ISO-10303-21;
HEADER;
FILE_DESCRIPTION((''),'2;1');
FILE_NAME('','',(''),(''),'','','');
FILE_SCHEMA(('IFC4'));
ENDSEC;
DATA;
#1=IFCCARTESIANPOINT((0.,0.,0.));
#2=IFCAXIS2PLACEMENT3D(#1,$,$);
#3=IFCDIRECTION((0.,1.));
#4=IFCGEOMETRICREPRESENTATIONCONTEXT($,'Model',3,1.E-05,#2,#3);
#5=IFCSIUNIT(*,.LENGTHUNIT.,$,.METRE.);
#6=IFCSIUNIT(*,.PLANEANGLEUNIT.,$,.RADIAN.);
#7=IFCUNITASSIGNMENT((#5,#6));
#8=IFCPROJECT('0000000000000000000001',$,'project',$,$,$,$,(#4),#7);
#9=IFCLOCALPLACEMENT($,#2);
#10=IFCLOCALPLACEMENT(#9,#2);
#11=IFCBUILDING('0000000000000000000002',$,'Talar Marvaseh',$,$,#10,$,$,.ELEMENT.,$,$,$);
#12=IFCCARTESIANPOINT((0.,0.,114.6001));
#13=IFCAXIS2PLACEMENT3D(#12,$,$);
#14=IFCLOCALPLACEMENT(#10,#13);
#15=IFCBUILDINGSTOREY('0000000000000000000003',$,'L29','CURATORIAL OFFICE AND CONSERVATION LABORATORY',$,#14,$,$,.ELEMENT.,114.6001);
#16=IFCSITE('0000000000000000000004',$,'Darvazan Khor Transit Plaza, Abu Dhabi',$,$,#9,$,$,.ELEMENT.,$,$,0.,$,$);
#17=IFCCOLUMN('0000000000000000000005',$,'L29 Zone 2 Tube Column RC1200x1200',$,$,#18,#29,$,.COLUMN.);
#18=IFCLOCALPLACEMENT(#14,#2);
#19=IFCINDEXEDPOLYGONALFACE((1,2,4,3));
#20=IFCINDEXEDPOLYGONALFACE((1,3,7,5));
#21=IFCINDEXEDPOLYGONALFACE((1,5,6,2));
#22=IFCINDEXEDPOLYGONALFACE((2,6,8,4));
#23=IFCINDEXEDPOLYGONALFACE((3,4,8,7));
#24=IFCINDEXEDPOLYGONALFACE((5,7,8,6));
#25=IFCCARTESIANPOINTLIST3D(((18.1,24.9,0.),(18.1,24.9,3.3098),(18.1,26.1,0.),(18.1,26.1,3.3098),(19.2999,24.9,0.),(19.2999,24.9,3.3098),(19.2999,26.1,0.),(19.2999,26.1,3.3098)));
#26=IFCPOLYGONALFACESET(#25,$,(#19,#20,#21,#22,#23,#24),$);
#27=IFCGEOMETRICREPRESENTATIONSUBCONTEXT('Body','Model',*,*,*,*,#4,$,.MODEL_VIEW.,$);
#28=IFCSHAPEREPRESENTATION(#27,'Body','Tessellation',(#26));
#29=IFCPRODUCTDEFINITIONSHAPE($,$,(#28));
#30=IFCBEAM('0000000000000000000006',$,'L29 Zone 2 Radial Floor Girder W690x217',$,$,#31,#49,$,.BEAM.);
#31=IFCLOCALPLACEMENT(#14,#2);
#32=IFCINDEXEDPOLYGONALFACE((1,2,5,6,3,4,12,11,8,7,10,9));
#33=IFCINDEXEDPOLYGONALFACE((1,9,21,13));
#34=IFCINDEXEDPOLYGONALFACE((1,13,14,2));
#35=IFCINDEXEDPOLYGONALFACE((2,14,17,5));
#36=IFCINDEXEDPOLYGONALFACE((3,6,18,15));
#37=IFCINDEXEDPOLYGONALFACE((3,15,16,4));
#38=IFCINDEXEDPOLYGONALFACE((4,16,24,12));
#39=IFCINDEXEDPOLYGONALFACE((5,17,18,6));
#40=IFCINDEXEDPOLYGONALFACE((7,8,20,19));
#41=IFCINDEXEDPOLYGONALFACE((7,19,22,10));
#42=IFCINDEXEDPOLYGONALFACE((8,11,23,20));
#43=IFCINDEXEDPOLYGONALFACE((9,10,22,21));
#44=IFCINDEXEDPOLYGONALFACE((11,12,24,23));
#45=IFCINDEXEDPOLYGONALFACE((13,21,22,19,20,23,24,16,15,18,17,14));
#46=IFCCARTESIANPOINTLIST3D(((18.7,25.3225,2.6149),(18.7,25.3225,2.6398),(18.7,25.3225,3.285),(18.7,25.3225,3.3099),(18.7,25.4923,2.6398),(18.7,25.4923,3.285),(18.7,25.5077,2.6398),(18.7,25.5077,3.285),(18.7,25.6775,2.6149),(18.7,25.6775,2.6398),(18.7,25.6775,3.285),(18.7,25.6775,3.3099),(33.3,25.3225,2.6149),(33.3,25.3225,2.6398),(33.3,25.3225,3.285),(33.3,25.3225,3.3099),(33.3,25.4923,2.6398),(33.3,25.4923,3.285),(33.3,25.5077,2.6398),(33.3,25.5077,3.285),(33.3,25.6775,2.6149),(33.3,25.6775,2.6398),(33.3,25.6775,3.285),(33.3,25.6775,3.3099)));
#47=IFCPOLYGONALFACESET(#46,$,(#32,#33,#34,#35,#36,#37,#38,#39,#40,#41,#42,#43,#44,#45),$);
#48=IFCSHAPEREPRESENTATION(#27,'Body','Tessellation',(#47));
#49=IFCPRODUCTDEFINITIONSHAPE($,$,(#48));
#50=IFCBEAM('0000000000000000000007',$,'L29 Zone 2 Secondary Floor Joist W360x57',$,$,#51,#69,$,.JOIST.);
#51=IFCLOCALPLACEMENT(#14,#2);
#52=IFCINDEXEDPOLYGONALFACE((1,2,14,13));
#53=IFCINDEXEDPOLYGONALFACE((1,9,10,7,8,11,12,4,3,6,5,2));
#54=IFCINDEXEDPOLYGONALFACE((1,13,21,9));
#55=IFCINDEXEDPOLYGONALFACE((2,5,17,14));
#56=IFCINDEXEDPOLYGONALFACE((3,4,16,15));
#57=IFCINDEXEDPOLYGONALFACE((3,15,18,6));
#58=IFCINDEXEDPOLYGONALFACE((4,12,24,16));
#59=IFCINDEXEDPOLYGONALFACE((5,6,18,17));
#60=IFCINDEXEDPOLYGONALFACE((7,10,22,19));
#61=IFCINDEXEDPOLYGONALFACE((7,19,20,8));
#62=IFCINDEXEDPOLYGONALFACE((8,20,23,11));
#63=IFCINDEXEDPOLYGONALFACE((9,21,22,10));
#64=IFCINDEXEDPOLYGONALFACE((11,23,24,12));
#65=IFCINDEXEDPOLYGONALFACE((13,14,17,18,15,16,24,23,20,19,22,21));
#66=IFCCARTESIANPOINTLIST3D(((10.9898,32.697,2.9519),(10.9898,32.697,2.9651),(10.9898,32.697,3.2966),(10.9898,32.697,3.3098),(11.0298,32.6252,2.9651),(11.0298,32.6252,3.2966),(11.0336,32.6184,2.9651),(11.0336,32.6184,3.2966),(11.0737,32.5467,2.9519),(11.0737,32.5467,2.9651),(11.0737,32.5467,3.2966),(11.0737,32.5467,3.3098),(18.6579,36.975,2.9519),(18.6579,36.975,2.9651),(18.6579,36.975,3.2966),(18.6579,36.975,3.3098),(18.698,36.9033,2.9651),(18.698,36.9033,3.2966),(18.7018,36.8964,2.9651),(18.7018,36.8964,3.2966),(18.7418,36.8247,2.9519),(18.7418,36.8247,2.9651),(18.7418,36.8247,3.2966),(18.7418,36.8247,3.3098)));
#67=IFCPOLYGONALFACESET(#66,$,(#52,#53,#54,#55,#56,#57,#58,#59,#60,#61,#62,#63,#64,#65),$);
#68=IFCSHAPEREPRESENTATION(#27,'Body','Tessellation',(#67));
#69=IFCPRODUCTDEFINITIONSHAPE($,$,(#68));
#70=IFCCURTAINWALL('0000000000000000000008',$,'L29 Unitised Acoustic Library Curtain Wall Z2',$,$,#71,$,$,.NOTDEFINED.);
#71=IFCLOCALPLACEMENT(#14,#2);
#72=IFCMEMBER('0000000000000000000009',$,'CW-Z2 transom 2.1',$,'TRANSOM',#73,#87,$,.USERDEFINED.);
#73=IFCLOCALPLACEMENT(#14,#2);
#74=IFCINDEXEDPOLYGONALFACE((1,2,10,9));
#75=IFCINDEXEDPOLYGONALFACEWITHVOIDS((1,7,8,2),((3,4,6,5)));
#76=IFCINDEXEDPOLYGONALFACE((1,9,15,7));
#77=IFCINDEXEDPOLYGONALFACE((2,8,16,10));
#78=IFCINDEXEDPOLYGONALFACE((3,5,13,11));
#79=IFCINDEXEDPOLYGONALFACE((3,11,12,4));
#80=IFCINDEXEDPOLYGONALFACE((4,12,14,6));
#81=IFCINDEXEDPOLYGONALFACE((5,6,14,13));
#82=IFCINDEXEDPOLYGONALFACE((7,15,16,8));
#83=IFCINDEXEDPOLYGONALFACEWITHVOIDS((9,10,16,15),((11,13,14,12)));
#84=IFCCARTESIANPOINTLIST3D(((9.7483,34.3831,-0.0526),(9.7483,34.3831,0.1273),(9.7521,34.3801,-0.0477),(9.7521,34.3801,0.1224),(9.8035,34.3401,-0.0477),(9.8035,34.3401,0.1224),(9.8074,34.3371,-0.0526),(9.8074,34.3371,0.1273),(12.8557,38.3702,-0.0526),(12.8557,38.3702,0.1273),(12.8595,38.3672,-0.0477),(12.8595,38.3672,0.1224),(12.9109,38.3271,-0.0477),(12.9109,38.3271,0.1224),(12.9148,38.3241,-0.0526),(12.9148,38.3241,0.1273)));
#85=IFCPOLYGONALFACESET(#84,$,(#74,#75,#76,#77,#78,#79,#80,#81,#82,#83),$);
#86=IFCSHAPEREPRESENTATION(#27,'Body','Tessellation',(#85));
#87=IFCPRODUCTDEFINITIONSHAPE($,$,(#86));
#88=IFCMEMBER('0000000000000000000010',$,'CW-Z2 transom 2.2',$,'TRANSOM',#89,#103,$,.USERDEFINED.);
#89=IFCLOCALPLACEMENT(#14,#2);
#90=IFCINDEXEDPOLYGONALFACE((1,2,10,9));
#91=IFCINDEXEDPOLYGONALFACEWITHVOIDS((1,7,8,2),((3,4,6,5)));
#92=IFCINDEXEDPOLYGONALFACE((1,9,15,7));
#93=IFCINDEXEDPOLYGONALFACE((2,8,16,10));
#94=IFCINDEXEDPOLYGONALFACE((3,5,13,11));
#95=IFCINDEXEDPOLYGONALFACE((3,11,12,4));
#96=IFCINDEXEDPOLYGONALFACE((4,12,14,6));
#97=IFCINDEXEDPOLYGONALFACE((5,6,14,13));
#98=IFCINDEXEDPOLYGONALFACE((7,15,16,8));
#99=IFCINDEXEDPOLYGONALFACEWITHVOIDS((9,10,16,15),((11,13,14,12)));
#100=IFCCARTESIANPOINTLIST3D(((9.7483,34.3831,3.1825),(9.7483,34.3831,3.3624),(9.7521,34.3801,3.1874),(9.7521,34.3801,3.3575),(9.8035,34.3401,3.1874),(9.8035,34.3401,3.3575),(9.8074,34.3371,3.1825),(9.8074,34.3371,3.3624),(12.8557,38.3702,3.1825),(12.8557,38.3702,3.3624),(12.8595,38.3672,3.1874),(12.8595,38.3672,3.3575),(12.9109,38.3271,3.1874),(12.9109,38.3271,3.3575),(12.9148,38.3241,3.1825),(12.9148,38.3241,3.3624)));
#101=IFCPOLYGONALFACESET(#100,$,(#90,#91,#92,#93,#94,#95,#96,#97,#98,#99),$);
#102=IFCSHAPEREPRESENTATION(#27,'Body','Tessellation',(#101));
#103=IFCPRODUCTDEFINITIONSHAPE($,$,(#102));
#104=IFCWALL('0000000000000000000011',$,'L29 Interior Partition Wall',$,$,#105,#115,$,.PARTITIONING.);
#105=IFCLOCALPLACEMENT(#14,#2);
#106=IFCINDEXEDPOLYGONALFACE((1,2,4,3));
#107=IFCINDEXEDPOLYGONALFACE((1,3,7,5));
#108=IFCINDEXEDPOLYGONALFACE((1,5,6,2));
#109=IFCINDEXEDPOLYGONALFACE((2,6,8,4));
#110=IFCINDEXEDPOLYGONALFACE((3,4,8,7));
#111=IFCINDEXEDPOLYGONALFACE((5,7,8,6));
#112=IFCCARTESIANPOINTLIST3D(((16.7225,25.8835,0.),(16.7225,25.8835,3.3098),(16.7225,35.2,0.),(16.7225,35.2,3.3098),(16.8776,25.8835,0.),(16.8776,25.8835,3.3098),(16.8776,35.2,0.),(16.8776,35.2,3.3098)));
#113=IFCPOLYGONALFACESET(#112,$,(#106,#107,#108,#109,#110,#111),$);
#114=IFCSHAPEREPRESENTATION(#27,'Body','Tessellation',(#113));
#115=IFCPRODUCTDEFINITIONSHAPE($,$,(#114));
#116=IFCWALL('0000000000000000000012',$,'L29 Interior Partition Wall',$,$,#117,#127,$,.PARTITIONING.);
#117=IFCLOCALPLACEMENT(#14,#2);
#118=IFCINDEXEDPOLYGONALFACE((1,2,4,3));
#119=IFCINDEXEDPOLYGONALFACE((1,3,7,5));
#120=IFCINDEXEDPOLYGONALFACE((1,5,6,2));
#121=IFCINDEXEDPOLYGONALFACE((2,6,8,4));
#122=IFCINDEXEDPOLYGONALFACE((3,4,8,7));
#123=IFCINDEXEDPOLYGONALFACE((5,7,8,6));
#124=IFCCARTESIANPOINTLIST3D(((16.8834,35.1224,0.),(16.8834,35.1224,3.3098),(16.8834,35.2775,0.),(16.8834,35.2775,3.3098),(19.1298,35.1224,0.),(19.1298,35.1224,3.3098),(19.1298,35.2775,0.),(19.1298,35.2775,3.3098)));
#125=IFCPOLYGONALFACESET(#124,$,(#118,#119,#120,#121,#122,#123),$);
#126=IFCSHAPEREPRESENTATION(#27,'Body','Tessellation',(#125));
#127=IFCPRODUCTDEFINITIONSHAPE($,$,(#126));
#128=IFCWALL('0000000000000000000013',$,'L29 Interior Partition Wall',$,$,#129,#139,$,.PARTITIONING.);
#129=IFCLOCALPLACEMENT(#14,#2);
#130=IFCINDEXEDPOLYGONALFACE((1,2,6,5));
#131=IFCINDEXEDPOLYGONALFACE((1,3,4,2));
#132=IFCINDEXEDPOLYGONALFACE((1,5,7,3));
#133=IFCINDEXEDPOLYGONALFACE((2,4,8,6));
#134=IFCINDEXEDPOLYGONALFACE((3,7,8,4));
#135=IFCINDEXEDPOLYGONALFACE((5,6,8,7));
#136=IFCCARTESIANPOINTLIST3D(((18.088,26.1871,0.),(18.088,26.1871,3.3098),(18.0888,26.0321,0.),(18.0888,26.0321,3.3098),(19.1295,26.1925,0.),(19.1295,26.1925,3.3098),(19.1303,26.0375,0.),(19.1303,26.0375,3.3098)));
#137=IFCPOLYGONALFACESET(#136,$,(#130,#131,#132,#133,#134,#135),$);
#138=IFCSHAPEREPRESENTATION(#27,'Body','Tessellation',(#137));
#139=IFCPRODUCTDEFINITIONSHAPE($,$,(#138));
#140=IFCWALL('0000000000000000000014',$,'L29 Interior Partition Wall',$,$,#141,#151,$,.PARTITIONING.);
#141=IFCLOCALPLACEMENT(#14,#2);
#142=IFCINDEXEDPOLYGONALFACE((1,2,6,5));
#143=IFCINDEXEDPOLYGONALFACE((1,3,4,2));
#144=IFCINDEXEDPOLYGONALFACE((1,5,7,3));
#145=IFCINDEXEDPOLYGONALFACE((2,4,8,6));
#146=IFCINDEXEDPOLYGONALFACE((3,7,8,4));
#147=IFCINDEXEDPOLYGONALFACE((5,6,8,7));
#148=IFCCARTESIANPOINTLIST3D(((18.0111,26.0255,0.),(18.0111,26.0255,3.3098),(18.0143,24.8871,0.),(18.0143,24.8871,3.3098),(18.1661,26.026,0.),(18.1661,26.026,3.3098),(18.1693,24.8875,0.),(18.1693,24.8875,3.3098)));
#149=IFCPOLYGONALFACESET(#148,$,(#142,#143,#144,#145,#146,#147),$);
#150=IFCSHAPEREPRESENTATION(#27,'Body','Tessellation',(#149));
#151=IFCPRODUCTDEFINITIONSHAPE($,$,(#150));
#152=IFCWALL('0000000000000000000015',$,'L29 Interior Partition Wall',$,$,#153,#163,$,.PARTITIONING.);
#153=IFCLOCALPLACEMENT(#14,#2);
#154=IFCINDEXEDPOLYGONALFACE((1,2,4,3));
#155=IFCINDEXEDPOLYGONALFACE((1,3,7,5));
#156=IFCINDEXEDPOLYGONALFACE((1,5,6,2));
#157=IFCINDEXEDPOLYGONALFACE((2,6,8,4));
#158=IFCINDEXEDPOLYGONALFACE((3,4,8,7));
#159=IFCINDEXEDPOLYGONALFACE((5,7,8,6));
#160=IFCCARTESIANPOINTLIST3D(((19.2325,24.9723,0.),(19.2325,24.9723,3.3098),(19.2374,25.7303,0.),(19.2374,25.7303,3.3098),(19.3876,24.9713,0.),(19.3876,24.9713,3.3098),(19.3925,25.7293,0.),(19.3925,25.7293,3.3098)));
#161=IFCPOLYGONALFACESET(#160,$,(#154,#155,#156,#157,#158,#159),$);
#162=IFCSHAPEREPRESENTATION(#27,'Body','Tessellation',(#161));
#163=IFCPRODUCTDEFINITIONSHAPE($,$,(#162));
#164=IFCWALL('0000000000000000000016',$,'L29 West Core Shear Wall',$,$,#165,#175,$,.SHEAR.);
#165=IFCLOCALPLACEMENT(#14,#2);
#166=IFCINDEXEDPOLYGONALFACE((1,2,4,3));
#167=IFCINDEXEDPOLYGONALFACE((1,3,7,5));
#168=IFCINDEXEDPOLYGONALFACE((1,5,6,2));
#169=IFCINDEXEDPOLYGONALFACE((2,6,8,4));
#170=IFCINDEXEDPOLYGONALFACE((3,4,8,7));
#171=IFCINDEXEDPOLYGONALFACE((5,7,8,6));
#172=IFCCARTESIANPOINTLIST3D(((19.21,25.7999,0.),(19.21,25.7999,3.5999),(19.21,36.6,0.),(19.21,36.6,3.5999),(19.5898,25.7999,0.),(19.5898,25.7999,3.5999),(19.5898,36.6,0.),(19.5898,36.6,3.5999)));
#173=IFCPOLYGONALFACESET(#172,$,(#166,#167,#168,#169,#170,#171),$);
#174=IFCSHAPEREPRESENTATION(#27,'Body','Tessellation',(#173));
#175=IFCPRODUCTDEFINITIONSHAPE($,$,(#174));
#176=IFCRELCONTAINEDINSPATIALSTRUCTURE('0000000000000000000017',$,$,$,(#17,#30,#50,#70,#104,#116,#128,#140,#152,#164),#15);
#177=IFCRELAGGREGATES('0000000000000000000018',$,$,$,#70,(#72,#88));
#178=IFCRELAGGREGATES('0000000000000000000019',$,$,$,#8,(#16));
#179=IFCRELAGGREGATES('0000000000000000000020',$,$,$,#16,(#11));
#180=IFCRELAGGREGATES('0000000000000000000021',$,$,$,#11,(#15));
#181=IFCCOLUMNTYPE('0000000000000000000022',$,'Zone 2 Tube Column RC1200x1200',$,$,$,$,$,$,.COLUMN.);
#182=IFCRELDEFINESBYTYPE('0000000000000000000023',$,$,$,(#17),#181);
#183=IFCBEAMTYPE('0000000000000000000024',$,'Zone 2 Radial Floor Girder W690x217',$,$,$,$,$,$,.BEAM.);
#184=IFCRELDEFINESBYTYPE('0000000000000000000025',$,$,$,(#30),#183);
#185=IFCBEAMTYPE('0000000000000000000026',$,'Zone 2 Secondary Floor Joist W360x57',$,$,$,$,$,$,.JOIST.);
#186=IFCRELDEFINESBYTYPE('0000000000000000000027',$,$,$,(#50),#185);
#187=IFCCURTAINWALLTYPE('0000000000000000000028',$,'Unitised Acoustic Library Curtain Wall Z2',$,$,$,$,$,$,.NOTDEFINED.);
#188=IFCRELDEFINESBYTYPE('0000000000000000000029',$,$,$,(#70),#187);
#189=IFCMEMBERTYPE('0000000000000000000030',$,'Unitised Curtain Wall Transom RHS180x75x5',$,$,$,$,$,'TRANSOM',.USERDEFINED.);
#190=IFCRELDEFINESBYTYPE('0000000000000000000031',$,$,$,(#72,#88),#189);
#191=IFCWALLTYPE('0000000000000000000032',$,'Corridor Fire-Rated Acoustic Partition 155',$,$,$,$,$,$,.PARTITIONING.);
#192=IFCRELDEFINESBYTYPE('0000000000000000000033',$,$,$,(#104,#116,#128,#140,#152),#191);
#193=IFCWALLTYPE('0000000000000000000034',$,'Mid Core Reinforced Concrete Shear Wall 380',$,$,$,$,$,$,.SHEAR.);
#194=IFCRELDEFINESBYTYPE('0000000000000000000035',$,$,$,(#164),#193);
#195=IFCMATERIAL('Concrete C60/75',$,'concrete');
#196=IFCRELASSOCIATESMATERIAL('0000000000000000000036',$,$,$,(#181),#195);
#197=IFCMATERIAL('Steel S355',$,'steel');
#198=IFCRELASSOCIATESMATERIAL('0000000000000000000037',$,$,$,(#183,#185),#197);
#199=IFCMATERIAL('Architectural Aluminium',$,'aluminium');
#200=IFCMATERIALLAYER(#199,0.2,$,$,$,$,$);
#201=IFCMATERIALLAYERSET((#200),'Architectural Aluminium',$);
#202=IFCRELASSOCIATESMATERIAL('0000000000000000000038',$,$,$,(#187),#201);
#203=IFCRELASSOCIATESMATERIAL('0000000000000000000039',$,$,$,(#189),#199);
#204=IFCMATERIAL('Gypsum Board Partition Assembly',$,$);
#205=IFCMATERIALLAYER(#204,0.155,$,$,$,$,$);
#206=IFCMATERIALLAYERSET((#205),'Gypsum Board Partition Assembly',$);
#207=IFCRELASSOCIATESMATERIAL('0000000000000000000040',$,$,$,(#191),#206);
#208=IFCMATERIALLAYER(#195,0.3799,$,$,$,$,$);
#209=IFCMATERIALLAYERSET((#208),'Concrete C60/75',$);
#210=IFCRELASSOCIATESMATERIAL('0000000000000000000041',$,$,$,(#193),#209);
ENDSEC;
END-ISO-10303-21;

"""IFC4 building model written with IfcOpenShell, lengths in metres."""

from ifc_helpers import new_model, si_unit, direction, frame, frame_2d, origin, origin_2d, place, context, subcontext, project, spatial, rectangle, hollow_rectangle, i_section, extrude, source, transform, mapped, material, layer, layer_set, material_profile, profile_set, type_object, type_shapes, element, aggregate, save


model = new_model("IFC4")

# Units and contexts
model_context = context("Model", 3, precision=1e-05, world=origin(), true_north=direction((0.0, 1.0)))
body_context = subcontext(model_context, "Body", "Model", "MODEL_VIEW")
ifc_project = project(units=[si_unit("LENGTHUNIT", "METRE"), si_unit("PLANEANGLEUNIT", "RADIAN")], contexts=[model_context])

# Site, building, storey
site_placement = place(None, origin())
site = spatial("IfcSite", under=ifc_project, at=site_placement, Name="Darvazan Khor Transit Plaza, Abu Dhabi", CompositionType="ELEMENT", RefElevation=0.0)
building_placement = place(site_placement, origin())
building = spatial("IfcBuilding", under=site, at=building_placement, Name="Talar Marvaseh", CompositionType="ELEMENT")
storey_placement = place(building_placement, frame((0.0, 0.0, 114.6001)))
storey = spatial("IfcBuildingStorey", under=building, at=storey_placement, Name="L29", Description="CURATORIAL OFFICE AND CONSERVATION LABORATORY", CompositionType="ELEMENT", Elevation=114.6001)

# Column
ifc_material_1 = material(Name="Concrete C60/75", Category="concrete")
ifc_material_profile_1 = material_profile(ifc_material_1, rectangle(XDim=1.2, YDim=1.2, at=origin_2d()), Name="RC1200x1200")
ifc_profile_set_1 = profile_set([ifc_material_profile_1], Name="Concrete C60/75")
column_type = type_object("IfcColumnType", Name="Zone 2 Tube Column RC1200x1200", PredefinedType="COLUMN", material=ifc_profile_set_1)
column_placement = place(storey_placement, frame((18.7, 25.5, 0.0), z_axis=(0.0, 0.0, 1.0), x_axis=(1.0, 0.0, 0.0)))
element("IfcColumn", 1, at=column_placement, inside=storey, type_object=column_type, Name="L29 Zone 2 Tube Column RC1200x1200", PredefinedType="COLUMN", context=body_context, shape_type="SweptSolid", body=[
    extrude(rectangle(XDim=1.2, YDim=1.2, at=origin_2d()), origin(), (0.0, 0.0, 1.0), 3.3098),
])

# Beams
ifc_material_2 = material(Name="Steel S355", Category="steel")
ifc_material_profile_2 = material_profile(ifc_material_2, i_section(OverallWidth=0.355, OverallDepth=0.6951, WebThickness=0.0154, FlangeThickness=0.0249, at=origin_2d()), Name="W690x217")
ifc_profile_set_2 = profile_set([ifc_material_profile_2], Name="Steel S355")
beam_type_1 = type_object("IfcBeamType", Name="Zone 2 Radial Floor Girder W690x217", PredefinedType="BEAM", material=ifc_profile_set_2)
beam_1_placement = place(storey_placement, frame((18.7, 25.5, 2.9624), z_axis=(1.0, 0.0, 0.0), x_axis=(0.0, 1.0, 0.0)))
element("IfcBeam", 2, at=beam_1_placement, inside=storey, type_object=beam_type_1, Name="L29 Zone 2 Radial Floor Girder W690x217", PredefinedType="BEAM", context=body_context, shape_type="SweptSolid", body=[
    extrude(i_section(OverallWidth=0.355, OverallDepth=0.6951, WebThickness=0.0154, FlangeThickness=0.0249, at=origin_2d()), origin(), (0.0, 0.0, 1.0), 14.6001),
])
ifc_material_profile_3 = material_profile(ifc_material_2, i_section(OverallWidth=0.1721, OverallDepth=0.3579, WebThickness=0.0078, FlangeThickness=0.0132, at=origin_2d()), Name="W360x57")
ifc_profile_set_3 = profile_set([ifc_material_profile_3], Name="Steel S355")
beam_type_2 = type_object("IfcBeamType", Name="Zone 2 Secondary Floor Joist W360x57", PredefinedType="JOIST", material=ifc_profile_set_3)
beam_2_placement = place(storey_placement, frame((11.0317, 32.6218, 3.1309), z_axis=(0.873288, 0.487205, 0.0), x_axis=(-0.487205, 0.873288, 0.0)))
element("IfcBeam", 3, at=beam_2_placement, inside=storey, type_object=beam_type_2, Name="L29 Zone 2 Secondary Floor Joist W360x57", PredefinedType="JOIST", context=body_context, shape_type="SweptSolid", body=[
    extrude(i_section(OverallWidth=0.1721, OverallDepth=0.3579, WebThickness=0.0078, FlangeThickness=0.0132, at=origin_2d()), origin(), (0.0, 0.0, 1.0), 8.7808),
])

# Curtain wall, members
ifc_material_3 = material(Name="Architectural Aluminium", Category="aluminium")
ifc_layer_1 = layer(ifc_material_3, 0.2)
ifc_layer_set_1 = layer_set([ifc_layer_1], Name="Architectural Aluminium")
curtain_wall_type = type_object("IfcCurtainWallType", Name="Unitised Acoustic Library Curtain Wall Z2", PredefinedType="NOTDEFINED", material=ifc_layer_set_1)
curtain_wall_placement = place(storey_placement, origin())
curtain_wall = element("IfcCurtainWall", 4, at=curtain_wall_placement, inside=storey, type_object=curtain_wall_type, Name="L29 Unitised Acoustic Library Curtain Wall Z2", PredefinedType="NOTDEFINED")
ifc_material_profile_4 = material_profile(ifc_material_3, hollow_rectangle(XDim=0.075, YDim=0.1799, WallThickness=0.0049, at=origin_2d()), Name="RHS180x75x5")
ifc_profile_set_4 = profile_set([ifc_material_profile_4], Name="Architectural Aluminium")
member_type = type_object("IfcMemberType", Name="Unitised Curtain Wall Transom RHS180x75x5", ElementType="TRANSOM", PredefinedType="USERDEFINED", material=ifc_profile_set_4)
shared_shape_1 = source(origin(), body_context, "Body", "SweptSolid", [
    extrude(hollow_rectangle(XDim=0.075, YDim=0.1799, WallThickness=0.0049, at=origin_2d()), origin(), (0.0, 0.0, 1.0), 5.0549),
])
type_shapes(member_type, [shared_shape_1])
member_1_placement = place(storey_placement, frame((9.7778, 34.3601, 0.0374), z_axis=(0.614726, 0.788741, 0.0), x_axis=(-0.788741, 0.614726, 0.0)))
member_1 = element("IfcMember", 5, at=member_1_placement, type_object=member_type, Name="CW-Z2 transom 2.1", ObjectType="TRANSOM", PredefinedType="USERDEFINED", context=body_context, shape_type="MappedRepresentation", body=[
    mapped(shared_shape_1, transform((0.0, 0.0, 0.0), x_axis=(1.0, 0.0, 0.0), y_axis=(0.0, 1.0, 0.0), z_axis=(0.0, 0.0, 1.0), scale=1.0)),
])
member_2_placement = place(storey_placement, frame((9.7778, 34.3601, 3.2725), z_axis=(0.614726, 0.788741, 0.0), x_axis=(-0.788741, 0.614726, 0.0)))
member_2 = element("IfcMember", 6, at=member_2_placement, type_object=member_type, Name="CW-Z2 transom 2.2", ObjectType="TRANSOM", PredefinedType="USERDEFINED", context=body_context, shape_type="MappedRepresentation", body=[
    mapped(shared_shape_1, transform((0.0, 0.0, 0.0), x_axis=(1.0, 0.0, 0.0), y_axis=(0.0, 1.0, 0.0), z_axis=(0.0, 0.0, 1.0), scale=1.0)),
])
aggregate(curtain_wall, [member_1, member_2])

# Walls
ifc_material_4 = material(Name="Gypsum Board Partition Assembly")
ifc_layer_2 = layer(ifc_material_4, 0.155)
ifc_layer_set_2 = layer_set([ifc_layer_2], Name="Gypsum Board Partition Assembly")
wall_type_1 = type_object("IfcWallType", Name="Corridor Fire-Rated Acoustic Partition 155", PredefinedType="PARTITIONING", material=ifc_layer_set_2)
wall_1_placement = place(storey_placement, frame((16.8, 25.8835, 0.0), z_axis=(0.0, 0.0, 1.0), x_axis=(0.0, 1.0, 0.0)))
element("IfcWall", 7, at=wall_1_placement, inside=storey, type_object=wall_type_1, Name="L29 Interior Partition Wall", PredefinedType="PARTITIONING", context=body_context, shape_type="SweptSolid", body=[
    extrude(rectangle(XDim=9.3164, YDim=0.155, at=frame_2d((4.6582, 0.0))), origin(), (0.0, 0.0, 1.0), 3.3098),
])
wall_2_placement = place(storey_placement, frame((16.8835, 35.2, 0.0), z_axis=(0.0, 0.0, 1.0), x_axis=(1.0, 0.0, 0.0)))
element("IfcWall", 8, at=wall_2_placement, inside=storey, type_object=wall_type_1, Name="L29 Interior Partition Wall", PredefinedType="PARTITIONING", context=body_context, shape_type="SweptSolid", body=[
    extrude(rectangle(XDim=2.2463, YDim=0.155, at=frame_2d((1.123, 0.0))), origin(), (0.0, 0.0, 1.0), 3.3098),
])
wall_3_placement = place(storey_placement, frame((19.1299, 26.115, 0.0), z_axis=(0.0, 0.0, 1.0), x_axis=(-0.999987, -0.005157, 0.0)))
element("IfcWall", 9, at=wall_3_placement, inside=storey, type_object=wall_type_1, Name="L29 Interior Partition Wall", PredefinedType="PARTITIONING", context=body_context, shape_type="SweptSolid", body=[
    extrude(rectangle(XDim=1.0415, YDim=0.155, at=frame_2d((0.5208, 0.0))), origin(), (0.0, 0.0, 1.0), 3.3098),
])
wall_4_placement = place(storey_placement, frame((18.0886, 26.0259, 0.0), z_axis=(0.0, 0.0, 1.0), x_axis=(0.002788, -0.999996, 0.0)))
element("IfcWall", 10, at=wall_4_placement, inside=storey, type_object=wall_type_1, Name="L29 Interior Partition Wall", PredefinedType="PARTITIONING", context=body_context, shape_type="SweptSolid", body=[
    extrude(rectangle(XDim=1.1384, YDim=0.155, at=frame_2d((0.5693, 0.0))), origin(), (0.0, 0.0, 1.0), 3.3098),
])
wall_5_placement = place(storey_placement, frame((19.3101, 24.9719, 0.0), z_axis=(0.0, 0.0, 1.0), x_axis=(0.006441, 0.999979, 0.0)))
element("IfcWall", 11, at=wall_5_placement, inside=storey, type_object=wall_type_1, Name="L29 Interior Partition Wall", PredefinedType="PARTITIONING", context=body_context, shape_type="SweptSolid", body=[
    extrude(rectangle(XDim=0.7581, YDim=0.155, at=frame_2d((0.3789, 0.0))), origin(), (0.0, 0.0, 1.0), 3.3098),
])
ifc_layer_3 = layer(ifc_material_1, 0.3799)
ifc_layer_set_3 = layer_set([ifc_layer_3], Name="Concrete C60/75")
wall_type_2 = type_object("IfcWallType", Name="Mid Core Reinforced Concrete Shear Wall 380", PredefinedType="SHEAR", material=ifc_layer_set_3)
wall_6_placement = place(storey_placement, frame((19.3999, 25.8, 0.0), z_axis=(0.0, 0.0, 1.0), x_axis=(0.0, 1.0, 0.0)))
element("IfcWall", 12, at=wall_6_placement, inside=storey, type_object=wall_type_2, Name="L29 West Core Shear Wall", PredefinedType="SHEAR", context=body_context, shape_type="SweptSolid", body=[
    extrude(rectangle(XDim=10.8, YDim=0.3799, at=frame_2d((5.3999, 0.0))), origin(), (0.0, 0.0, 1.0), 3.5999),
])

save(model, "model.ifc")
